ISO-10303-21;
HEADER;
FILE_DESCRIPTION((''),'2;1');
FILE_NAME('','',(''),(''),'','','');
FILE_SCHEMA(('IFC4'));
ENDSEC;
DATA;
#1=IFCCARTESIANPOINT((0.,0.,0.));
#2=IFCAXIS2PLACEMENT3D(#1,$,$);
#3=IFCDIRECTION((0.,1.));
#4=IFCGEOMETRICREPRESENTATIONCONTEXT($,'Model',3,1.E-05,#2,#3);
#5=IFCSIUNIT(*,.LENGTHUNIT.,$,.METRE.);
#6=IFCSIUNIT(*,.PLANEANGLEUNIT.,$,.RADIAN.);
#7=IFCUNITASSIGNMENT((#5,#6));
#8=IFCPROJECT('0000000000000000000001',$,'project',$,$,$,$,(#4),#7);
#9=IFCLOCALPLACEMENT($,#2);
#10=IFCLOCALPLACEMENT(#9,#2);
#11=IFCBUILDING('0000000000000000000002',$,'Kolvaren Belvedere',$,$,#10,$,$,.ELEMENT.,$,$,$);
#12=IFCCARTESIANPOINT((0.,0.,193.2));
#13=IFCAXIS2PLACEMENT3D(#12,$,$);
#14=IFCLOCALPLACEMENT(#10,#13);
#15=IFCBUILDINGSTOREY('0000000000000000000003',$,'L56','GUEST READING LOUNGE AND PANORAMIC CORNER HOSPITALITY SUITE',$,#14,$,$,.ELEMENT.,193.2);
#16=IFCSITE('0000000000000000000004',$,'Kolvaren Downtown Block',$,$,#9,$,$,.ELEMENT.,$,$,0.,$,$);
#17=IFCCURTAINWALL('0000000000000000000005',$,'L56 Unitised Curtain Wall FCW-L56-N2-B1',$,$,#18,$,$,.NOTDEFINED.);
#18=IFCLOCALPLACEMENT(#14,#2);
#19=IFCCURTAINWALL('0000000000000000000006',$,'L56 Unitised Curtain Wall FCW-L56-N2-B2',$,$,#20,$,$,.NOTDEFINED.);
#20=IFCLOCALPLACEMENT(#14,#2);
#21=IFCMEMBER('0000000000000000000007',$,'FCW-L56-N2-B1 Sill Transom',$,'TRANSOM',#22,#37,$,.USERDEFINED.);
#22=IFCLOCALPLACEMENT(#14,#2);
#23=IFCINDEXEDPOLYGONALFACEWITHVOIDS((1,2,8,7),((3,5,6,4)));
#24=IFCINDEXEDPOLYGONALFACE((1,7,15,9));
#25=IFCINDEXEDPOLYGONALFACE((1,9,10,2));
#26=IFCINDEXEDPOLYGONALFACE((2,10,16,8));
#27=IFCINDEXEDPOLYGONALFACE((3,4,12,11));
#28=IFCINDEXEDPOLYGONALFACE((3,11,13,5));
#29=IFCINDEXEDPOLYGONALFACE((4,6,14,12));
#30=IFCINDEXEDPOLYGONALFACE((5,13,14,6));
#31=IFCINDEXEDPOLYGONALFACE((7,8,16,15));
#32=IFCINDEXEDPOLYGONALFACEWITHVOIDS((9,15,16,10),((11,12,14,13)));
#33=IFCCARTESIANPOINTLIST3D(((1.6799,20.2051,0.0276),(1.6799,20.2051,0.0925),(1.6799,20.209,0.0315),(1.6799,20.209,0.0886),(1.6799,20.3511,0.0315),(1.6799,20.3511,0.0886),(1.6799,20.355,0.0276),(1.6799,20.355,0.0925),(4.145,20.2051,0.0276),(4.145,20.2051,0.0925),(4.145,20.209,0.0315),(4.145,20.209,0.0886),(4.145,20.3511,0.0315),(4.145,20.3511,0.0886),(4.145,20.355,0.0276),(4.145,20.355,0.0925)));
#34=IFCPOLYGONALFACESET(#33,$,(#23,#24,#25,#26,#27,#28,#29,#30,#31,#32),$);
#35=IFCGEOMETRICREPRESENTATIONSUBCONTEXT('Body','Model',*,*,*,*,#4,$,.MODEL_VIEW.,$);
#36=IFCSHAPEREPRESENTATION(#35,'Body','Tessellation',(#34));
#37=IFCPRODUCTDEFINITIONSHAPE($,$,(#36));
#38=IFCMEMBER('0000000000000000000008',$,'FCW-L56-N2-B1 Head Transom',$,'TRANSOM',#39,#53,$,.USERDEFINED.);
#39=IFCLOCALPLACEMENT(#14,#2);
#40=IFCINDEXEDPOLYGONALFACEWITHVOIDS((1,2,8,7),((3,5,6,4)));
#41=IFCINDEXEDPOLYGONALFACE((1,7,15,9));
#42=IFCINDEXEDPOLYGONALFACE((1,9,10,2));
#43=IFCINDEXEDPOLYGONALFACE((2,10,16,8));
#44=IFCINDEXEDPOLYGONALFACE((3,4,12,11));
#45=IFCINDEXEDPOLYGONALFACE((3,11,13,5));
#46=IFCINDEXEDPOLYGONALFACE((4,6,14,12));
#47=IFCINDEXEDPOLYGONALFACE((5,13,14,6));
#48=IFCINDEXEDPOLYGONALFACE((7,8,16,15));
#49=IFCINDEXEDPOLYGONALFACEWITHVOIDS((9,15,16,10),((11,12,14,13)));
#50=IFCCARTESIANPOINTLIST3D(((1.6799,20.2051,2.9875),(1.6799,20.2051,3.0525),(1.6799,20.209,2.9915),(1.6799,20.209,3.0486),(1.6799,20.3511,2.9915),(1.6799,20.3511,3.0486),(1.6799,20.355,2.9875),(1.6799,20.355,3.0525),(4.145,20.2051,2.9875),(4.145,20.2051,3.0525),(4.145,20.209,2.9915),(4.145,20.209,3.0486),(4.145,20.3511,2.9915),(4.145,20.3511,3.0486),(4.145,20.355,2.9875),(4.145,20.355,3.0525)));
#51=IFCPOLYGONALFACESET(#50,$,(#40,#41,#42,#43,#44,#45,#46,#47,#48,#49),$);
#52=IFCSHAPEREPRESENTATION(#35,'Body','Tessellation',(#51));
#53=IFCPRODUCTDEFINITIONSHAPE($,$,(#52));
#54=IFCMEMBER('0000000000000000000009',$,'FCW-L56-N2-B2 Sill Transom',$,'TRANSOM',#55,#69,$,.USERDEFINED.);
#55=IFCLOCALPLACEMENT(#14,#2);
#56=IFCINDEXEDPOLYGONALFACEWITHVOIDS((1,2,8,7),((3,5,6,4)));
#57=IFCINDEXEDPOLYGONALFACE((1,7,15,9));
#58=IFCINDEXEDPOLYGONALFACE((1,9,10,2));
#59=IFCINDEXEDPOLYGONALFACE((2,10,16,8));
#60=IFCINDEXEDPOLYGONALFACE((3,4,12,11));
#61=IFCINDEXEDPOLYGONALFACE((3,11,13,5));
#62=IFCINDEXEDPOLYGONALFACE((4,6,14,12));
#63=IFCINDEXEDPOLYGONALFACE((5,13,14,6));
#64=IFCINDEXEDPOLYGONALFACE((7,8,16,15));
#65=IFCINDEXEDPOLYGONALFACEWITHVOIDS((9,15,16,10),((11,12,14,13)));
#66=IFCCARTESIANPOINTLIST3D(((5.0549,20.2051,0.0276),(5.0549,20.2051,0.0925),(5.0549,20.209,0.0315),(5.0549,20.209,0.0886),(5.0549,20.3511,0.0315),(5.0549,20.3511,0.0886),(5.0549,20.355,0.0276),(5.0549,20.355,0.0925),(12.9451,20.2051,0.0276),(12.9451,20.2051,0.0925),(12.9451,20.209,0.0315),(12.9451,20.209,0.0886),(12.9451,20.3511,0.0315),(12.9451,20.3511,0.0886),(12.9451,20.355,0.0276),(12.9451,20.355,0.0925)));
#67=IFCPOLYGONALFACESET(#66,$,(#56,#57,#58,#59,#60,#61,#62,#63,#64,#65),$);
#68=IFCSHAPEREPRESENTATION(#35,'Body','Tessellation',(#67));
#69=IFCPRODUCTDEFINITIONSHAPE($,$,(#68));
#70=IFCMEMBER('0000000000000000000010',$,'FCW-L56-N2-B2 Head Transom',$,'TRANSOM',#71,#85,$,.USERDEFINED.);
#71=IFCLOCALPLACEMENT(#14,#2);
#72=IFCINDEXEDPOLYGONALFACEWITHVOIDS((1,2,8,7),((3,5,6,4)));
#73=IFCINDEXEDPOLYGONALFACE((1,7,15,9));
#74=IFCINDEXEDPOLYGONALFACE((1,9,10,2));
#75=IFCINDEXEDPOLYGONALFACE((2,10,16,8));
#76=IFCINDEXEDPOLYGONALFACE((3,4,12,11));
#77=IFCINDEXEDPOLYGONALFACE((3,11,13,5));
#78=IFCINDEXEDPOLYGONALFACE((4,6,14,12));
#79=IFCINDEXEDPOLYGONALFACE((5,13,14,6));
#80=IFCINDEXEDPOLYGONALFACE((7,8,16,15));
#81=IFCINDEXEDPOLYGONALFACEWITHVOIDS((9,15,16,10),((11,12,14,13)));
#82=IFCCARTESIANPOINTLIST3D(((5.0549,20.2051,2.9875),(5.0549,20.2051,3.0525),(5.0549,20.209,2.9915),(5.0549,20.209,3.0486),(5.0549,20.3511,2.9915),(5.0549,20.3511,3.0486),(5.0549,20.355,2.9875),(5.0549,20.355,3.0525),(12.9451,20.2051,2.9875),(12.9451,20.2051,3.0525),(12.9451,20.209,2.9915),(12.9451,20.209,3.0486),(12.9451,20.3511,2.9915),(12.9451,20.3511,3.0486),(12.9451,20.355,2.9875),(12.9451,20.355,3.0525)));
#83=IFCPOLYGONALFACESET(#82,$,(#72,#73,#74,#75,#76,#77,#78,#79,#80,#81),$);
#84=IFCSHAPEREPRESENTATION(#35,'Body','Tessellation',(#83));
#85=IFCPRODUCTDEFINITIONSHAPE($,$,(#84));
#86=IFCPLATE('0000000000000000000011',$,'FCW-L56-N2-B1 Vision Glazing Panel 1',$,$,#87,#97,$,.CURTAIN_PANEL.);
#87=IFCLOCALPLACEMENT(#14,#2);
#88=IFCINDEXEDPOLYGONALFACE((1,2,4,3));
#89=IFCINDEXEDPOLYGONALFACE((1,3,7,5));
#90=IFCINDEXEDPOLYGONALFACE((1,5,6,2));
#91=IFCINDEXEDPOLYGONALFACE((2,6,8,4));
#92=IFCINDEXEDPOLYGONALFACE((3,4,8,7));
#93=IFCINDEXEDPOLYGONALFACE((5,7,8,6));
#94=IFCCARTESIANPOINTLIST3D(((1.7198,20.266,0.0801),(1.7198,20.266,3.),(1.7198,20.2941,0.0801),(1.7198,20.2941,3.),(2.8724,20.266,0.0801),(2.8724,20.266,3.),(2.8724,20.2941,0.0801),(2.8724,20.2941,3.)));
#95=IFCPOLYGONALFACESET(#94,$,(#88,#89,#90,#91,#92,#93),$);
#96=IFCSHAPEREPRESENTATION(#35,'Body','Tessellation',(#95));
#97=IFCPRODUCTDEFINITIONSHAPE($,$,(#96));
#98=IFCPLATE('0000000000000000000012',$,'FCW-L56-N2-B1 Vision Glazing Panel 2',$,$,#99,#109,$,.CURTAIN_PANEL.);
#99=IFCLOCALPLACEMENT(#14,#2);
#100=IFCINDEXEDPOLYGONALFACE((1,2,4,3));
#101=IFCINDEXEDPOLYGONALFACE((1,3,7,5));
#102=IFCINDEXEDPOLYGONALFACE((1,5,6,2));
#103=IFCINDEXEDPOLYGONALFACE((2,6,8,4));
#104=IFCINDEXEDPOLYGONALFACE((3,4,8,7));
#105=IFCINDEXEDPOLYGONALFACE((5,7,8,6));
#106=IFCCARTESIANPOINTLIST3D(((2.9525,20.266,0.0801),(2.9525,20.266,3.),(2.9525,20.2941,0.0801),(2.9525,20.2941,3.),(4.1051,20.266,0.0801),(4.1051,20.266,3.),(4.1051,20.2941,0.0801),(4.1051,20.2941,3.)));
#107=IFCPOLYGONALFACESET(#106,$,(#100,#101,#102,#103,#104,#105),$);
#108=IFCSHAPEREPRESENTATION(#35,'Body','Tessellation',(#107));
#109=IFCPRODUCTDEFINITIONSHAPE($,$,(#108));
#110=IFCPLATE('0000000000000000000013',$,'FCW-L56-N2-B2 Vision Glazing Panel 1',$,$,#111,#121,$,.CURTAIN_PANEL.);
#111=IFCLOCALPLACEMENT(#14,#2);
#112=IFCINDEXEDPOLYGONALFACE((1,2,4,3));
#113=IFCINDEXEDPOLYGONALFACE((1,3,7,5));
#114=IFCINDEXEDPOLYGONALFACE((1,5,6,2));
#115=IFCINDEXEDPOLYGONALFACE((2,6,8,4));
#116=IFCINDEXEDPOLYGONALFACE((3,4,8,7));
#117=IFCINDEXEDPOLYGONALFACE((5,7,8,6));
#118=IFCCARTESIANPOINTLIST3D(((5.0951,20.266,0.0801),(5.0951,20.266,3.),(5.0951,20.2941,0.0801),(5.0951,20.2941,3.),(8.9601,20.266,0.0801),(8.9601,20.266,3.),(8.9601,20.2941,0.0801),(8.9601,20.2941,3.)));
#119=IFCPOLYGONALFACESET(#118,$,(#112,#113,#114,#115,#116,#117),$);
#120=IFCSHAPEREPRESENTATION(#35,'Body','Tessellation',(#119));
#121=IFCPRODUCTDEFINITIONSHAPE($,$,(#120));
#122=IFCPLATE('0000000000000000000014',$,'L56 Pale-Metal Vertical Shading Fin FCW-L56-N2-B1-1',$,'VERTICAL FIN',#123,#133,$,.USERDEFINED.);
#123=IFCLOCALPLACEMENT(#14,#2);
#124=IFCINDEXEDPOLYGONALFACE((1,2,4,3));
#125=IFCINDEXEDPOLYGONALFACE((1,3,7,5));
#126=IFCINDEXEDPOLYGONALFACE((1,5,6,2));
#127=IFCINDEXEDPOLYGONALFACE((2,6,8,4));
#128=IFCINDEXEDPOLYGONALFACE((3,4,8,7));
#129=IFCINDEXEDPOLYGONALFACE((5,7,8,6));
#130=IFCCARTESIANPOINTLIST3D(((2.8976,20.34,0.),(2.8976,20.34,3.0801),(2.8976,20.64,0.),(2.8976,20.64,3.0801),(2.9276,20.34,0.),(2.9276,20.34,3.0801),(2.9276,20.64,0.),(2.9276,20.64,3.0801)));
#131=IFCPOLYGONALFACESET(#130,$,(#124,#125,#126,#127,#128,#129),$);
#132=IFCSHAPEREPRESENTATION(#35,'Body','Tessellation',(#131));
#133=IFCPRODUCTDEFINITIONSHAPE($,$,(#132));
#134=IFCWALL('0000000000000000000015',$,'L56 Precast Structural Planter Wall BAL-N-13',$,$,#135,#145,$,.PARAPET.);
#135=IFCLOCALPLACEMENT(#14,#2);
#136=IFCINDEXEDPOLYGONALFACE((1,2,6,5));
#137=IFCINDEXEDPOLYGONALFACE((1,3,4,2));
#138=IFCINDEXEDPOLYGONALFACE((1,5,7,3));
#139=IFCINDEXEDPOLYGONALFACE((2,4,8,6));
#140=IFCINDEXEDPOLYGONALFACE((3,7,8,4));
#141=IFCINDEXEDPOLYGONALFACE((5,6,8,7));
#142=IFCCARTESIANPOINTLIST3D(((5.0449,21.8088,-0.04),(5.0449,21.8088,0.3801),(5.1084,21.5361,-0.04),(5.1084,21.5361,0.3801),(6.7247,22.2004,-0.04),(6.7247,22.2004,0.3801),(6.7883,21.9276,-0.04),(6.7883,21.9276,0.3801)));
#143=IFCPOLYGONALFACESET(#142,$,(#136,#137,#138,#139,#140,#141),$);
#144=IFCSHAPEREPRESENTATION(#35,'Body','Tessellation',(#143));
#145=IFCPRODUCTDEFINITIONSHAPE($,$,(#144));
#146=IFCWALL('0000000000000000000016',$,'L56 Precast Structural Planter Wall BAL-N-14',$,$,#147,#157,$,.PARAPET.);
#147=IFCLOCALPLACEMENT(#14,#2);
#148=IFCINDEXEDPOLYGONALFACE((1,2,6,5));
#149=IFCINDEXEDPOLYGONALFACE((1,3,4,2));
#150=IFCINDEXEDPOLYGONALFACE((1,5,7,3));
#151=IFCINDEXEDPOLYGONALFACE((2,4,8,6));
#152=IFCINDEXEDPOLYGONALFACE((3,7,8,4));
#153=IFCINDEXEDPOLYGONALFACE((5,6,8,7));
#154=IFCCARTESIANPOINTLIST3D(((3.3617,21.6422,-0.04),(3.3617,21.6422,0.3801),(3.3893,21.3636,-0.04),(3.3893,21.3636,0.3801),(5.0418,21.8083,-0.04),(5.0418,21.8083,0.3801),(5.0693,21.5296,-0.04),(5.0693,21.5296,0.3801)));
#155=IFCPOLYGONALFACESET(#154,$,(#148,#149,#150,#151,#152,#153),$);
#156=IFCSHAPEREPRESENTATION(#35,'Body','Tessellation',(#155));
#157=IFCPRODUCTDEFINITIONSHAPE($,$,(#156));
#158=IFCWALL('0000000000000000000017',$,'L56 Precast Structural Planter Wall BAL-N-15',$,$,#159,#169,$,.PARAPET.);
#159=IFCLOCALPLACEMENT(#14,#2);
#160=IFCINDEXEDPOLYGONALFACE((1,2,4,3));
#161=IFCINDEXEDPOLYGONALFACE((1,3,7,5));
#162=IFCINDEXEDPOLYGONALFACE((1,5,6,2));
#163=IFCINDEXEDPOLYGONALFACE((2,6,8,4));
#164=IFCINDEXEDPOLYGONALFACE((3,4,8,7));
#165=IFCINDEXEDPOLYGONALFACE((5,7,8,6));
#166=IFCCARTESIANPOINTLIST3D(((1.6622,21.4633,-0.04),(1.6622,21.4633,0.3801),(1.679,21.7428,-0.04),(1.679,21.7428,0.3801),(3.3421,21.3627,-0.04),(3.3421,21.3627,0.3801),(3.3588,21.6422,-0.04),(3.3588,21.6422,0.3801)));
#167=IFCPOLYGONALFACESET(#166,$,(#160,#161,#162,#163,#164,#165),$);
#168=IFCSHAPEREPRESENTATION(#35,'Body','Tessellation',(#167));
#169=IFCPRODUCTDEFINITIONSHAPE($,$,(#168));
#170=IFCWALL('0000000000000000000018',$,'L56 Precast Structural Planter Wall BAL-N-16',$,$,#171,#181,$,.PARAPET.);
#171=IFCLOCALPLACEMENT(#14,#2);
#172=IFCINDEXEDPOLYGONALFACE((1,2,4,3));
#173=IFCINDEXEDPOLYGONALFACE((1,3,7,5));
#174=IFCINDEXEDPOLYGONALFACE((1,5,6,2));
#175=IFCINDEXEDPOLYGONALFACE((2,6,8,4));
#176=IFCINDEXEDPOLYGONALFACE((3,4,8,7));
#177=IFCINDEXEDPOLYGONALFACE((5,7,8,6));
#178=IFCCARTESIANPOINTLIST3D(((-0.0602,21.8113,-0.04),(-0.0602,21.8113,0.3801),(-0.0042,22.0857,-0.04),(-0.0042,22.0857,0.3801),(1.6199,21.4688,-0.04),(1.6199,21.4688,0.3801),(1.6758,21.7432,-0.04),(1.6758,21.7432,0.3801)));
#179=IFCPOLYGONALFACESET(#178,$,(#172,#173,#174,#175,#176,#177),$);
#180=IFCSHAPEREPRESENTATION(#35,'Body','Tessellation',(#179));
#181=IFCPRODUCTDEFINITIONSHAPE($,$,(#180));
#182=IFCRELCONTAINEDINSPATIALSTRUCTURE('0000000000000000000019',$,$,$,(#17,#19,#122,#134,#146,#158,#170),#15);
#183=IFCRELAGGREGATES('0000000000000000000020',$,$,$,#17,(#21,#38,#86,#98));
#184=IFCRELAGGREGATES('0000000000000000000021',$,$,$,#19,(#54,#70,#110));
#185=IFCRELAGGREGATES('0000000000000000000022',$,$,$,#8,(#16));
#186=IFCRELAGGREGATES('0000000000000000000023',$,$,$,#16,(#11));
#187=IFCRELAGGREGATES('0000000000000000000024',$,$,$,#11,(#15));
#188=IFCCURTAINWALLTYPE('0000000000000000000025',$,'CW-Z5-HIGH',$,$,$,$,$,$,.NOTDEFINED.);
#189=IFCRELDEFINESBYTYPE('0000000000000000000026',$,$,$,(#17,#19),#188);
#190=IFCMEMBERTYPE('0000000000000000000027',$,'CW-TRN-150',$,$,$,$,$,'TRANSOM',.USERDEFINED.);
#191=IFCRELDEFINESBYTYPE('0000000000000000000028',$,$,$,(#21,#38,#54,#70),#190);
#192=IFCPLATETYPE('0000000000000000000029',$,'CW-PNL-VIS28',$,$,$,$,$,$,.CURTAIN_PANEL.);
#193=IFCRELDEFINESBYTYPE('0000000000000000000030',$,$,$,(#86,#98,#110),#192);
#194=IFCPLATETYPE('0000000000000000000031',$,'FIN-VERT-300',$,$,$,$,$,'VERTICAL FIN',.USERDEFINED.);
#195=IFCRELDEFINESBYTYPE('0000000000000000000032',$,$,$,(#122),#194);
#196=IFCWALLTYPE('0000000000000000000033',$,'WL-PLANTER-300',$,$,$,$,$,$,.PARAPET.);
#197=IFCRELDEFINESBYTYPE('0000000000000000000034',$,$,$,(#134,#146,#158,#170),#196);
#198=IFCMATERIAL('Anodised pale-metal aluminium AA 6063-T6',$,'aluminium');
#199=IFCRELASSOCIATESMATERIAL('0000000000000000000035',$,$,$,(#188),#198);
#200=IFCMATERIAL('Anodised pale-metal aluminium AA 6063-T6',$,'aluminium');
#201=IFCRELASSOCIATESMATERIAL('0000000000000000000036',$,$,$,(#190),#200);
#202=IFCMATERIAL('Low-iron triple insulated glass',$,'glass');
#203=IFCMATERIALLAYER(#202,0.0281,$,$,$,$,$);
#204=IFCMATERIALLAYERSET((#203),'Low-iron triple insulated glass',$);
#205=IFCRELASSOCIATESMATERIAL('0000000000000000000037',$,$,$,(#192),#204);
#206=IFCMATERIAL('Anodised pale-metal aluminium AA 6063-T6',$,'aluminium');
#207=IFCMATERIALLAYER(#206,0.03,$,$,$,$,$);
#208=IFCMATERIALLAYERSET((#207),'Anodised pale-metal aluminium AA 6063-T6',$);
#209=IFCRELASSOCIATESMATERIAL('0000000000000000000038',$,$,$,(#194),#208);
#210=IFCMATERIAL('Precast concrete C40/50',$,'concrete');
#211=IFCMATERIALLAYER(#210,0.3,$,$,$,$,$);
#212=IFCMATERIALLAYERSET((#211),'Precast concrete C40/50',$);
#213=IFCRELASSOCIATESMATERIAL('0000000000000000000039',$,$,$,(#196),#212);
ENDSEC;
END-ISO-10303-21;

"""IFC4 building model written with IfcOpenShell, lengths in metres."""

from ifc_helpers import new_model, si_unit, direction, frame, frame_2d, origin, origin_2d, place, context, subcontext, project, spatial, rectangle, hollow_rectangle, extrude, material, layer, layer_set, material_profile, profile_set, type_object, element, aggregate, save


model = new_model("IFC4")

# Units and contexts
model_context = context("Model", 3, precision=1e-05, world=origin(), true_north=direction((0.0, 1.0)))
body_context = subcontext(model_context, "Body", "Model", "MODEL_VIEW")
ifc_project = project(units=[si_unit("LENGTHUNIT", "METRE"), si_unit("PLANEANGLEUNIT", "RADIAN")], contexts=[model_context])

# Site, building, storey
site_placement = place(None, origin())
site = spatial("IfcSite", under=ifc_project, at=site_placement, Name="Kolvaren Downtown Block", CompositionType="ELEMENT", RefElevation=0.0)
building_placement = place(site_placement, origin())
building = spatial("IfcBuilding", under=site, at=building_placement, Name="Kolvaren Belvedere", CompositionType="ELEMENT")
storey_placement = place(building_placement, frame((0.0, 0.0, 193.2)))
storey = spatial("IfcBuildingStorey", under=building, at=storey_placement, Name="L56", Description="GUEST READING LOUNGE AND PANORAMIC CORNER HOSPITALITY SUITE", CompositionType="ELEMENT", Elevation=193.2)

# Curtain wall
ifc_material_1 = material(Name="Anodised pale-metal aluminium AA 6063-T6", Category="aluminium")
curtain_wall_type = type_object("IfcCurtainWallType", Name="CW-Z5-HIGH", PredefinedType="NOTDEFINED", material=ifc_material_1)
curtain_wall_1_placement = place(storey_placement, origin())
curtain_wall_1 = element("IfcCurtainWall", 1, at=curtain_wall_1_placement, inside=storey, type_object=curtain_wall_type, Name="L56 Unitised Curtain Wall FCW-L56-N2-B1", PredefinedType="NOTDEFINED")

# Curtain wall
curtain_wall_2_placement = place(storey_placement, origin())
curtain_wall_2 = element("IfcCurtainWall", 2, at=curtain_wall_2_placement, inside=storey, type_object=curtain_wall_type, Name="L56 Unitised Curtain Wall FCW-L56-N2-B2", PredefinedType="NOTDEFINED")

# Members
ifc_material_2 = material(Name="Anodised pale-metal aluminium AA 6063-T6", Category="aluminium")
ifc_material_profile_1 = material_profile(ifc_material_2, hollow_rectangle(XDim=0.0649, YDim=0.1499, WallThickness=0.0039, at=origin_2d()), Name="ALU-TRN-150X65")
ifc_profile_set_1 = profile_set([ifc_material_profile_1], Name="Anodised pale-metal aluminium AA 6063-T6")
member_type_1 = type_object("IfcMemberType", Name="CW-TRN-150", ElementType="TRANSOM", PredefinedType="USERDEFINED", material=ifc_profile_set_1)
member_1_placement = place(storey_placement, frame((1.6799, 20.28, 0.0601), z_axis=(1.0, 0.0, 0.0), x_axis=(0.0, 0.0, 1.0)))
member_1 = element("IfcMember", 3, at=member_1_placement, type_object=member_type_1, Name="FCW-L56-N2-B1 Sill Transom", ObjectType="TRANSOM", PredefinedType="USERDEFINED", context=body_context, shape_type="SweptSolid", body=[
    extrude(hollow_rectangle(XDim=0.0649, YDim=0.1499, WallThickness=0.0039, at=origin_2d()), origin(), (0.0, 0.0, 1.0), 2.4651),
])
member_2_placement = place(storey_placement, frame((1.6799, 20.28, 3.02), z_axis=(1.0, 0.0, 0.0), x_axis=(0.0, 0.0, 1.0)))
member_2 = element("IfcMember", 4, at=member_2_placement, type_object=member_type_1, Name="FCW-L56-N2-B1 Head Transom", ObjectType="TRANSOM", PredefinedType="USERDEFINED", context=body_context, shape_type="SweptSolid", body=[
    extrude(hollow_rectangle(XDim=0.0649, YDim=0.1499, WallThickness=0.0039, at=origin_2d()), origin(), (0.0, 0.0, 1.0), 2.4651),
])
member_3_placement = place(storey_placement, frame((5.0549, 20.28, 0.0601), z_axis=(1.0, 0.0, 0.0), x_axis=(0.0, 0.0, 1.0)))
member_3 = element("IfcMember", 5, at=member_3_placement, type_object=member_type_1, Name="FCW-L56-N2-B2 Sill Transom", ObjectType="TRANSOM", PredefinedType="USERDEFINED", context=body_context, shape_type="SweptSolid", body=[
    extrude(hollow_rectangle(XDim=0.0649, YDim=0.1499, WallThickness=0.0039, at=origin_2d()), origin(), (0.0, 0.0, 1.0), 7.8901),
])
member_4_placement = place(storey_placement, frame((5.0549, 20.28, 3.02), z_axis=(1.0, 0.0, 0.0), x_axis=(0.0, 0.0, 1.0)))
member_4 = element("IfcMember", 6, at=member_4_placement, type_object=member_type_1, Name="FCW-L56-N2-B2 Head Transom", ObjectType="TRANSOM", PredefinedType="USERDEFINED", context=body_context, shape_type="SweptSolid", body=[
    extrude(hollow_rectangle(XDim=0.0649, YDim=0.1499, WallThickness=0.0039, at=origin_2d()), origin(), (0.0, 0.0, 1.0), 7.8901),
])

# Plates
ifc_material_3 = material(Name="Low-iron triple insulated glass", Category="glass")
ifc_layer_1 = layer(ifc_material_3, 0.0281)
ifc_layer_set_1 = layer_set([ifc_layer_1], Name="Low-iron triple insulated glass")
plate_type_1 = type_object("IfcPlateType", Name="CW-PNL-VIS28", PredefinedType="CURTAIN_PANEL", material=ifc_layer_set_1)
plate_1_placement = place(storey_placement, frame((2.2961, 20.28, 0.0801), z_axis=(0.0, 0.0, 1.0), x_axis=(1.0, 0.0, 0.0)))
plate_1 = element("IfcPlate", 7, at=plate_1_placement, type_object=plate_type_1, Name="FCW-L56-N2-B1 Vision Glazing Panel 1", PredefinedType="CURTAIN_PANEL", context=body_context, shape_type="SweptSolid", body=[
    extrude(rectangle(XDim=1.1526, YDim=0.0281, at=origin_2d()), origin(), (0.0, 0.0, 1.0), 2.9199),
])
plate_2_placement = place(storey_placement, frame((3.5288, 20.28, 0.0801), z_axis=(0.0, 0.0, 1.0), x_axis=(1.0, 0.0, 0.0)))
plate_2 = element("IfcPlate", 8, at=plate_2_placement, type_object=plate_type_1, Name="FCW-L56-N2-B1 Vision Glazing Panel 2", PredefinedType="CURTAIN_PANEL", context=body_context, shape_type="SweptSolid", body=[
    extrude(rectangle(XDim=1.1526, YDim=0.0281, at=origin_2d()), origin(), (0.0, 0.0, 1.0), 2.9199),
])
aggregate(curtain_wall_1, [member_1, member_2, plate_1, plate_2])
plate_3_placement = place(storey_placement, frame((7.0276, 20.28, 0.0801), z_axis=(0.0, 0.0, 1.0), x_axis=(1.0, 0.0, 0.0)))
plate_3 = element("IfcPlate", 9, at=plate_3_placement, type_object=plate_type_1, Name="FCW-L56-N2-B2 Vision Glazing Panel 1", PredefinedType="CURTAIN_PANEL", context=body_context, shape_type="SweptSolid", body=[
    extrude(rectangle(XDim=3.865, YDim=0.0281, at=origin_2d()), origin(), (0.0, 0.0, 1.0), 2.9199),
])
aggregate(curtain_wall_2, [member_3, member_4, plate_3])
ifc_material_4 = material(Name="Anodised pale-metal aluminium AA 6063-T6", Category="aluminium")
ifc_layer_2 = layer(ifc_material_4, 0.03)
ifc_layer_set_2 = layer_set([ifc_layer_2], Name="Anodised pale-metal aluminium AA 6063-T6")
plate_type_2 = type_object("IfcPlateType", Name="FIN-VERT-300", ElementType="VERTICAL FIN", PredefinedType="USERDEFINED", material=ifc_layer_set_2)
plate_4_placement = place(storey_placement, frame((2.9126, 20.49, 0.0), z_axis=(0.0, 0.0, 1.0), x_axis=(0.0, 1.0, 0.0)))
element("IfcPlate", 10, at=plate_4_placement, inside=storey, type_object=plate_type_2, Name="L56 Pale-Metal Vertical Shading Fin FCW-L56-N2-B1-1", ObjectType="VERTICAL FIN", PredefinedType="USERDEFINED", context=body_context, shape_type="SweptSolid", body=[
    extrude(rectangle(XDim=0.3, YDim=0.03, at=origin_2d()), origin(), (0.0, 0.0, 1.0), 3.0801),
])

# Walls
ifc_material_5 = material(Name="Precast concrete C40/50", Category="concrete")
ifc_layer_3 = layer(ifc_material_5, 0.3)
ifc_layer_set_3 = layer_set([ifc_layer_3], Name="Precast concrete C40/50")
wall_type = type_object("IfcWallType", Name="WL-PLANTER-300", PredefinedType="PARAPET", material=ifc_layer_set_3)
wall_1_placement = place(storey_placement, frame((6.7563, 22.064, -0.04), z_axis=(0.0, 0.0, 1.0), x_axis=(-0.97389, -0.227019, 0.0)))
element("IfcWall", 11, at=wall_1_placement, inside=storey, type_object=wall_type, Name="L56 Precast Structural Planter Wall BAL-N-13", PredefinedType="PARAPET", context=body_context, shape_type="SweptSolid", body=[
    extrude(rectangle(XDim=1.7249, YDim=0.28, at=frame_2d((0.8623, 0.0))), origin(), (0.0, 0.0, 1.0), 0.4202),
])
wall_2_placement = place(storey_placement, frame((5.0557, 21.6689, -0.04), z_axis=(0.0, 0.0, 1.0), x_axis=(-0.995152, -0.098344, 0.0)))
element("IfcWall", 12, at=wall_2_placement, inside=storey, type_object=wall_type, Name="L56 Precast Structural Planter Wall BAL-N-14", PredefinedType="PARAPET", context=body_context, shape_type="SweptSolid", body=[
    extrude(rectangle(XDim=1.6882, YDim=0.28, at=frame_2d((0.8442, 0.0))), origin(), (0.0, 0.0, 1.0), 0.4202),
])
wall_3_placement = place(storey_placement, frame((3.3503, 21.5024, -0.04), z_axis=(0.0, 0.0, 1.0), x_axis=(-0.998212, 0.059768, 0.0)))
element("IfcWall", 13, at=wall_3_placement, inside=storey, type_object=wall_type, Name="L56 Precast Structural Planter Wall BAL-N-15", PredefinedType="PARAPET", context=body_context, shape_type="SweptSolid", body=[
    extrude(rectangle(XDim=1.6829, YDim=0.28, at=frame_2d((0.8413, 0.0))), origin(), (0.0, 0.0, 1.0), 0.4202),
])
wall_4_placement = place(storey_placement, frame((1.6479, 21.606, -0.04), z_axis=(0.0, 0.0, 1.0), x_axis=(-0.97984, 0.199784, 0.0)))
element("IfcWall", 14, at=wall_4_placement, inside=storey, type_object=wall_type, Name="L56 Precast Structural Planter Wall BAL-N-16", PredefinedType="PARAPET", context=body_context, shape_type="SweptSolid", body=[
    extrude(rectangle(XDim=1.7146, YDim=0.28, at=frame_2d((0.8574, 0.0))), origin(), (0.0, 0.0, 1.0), 0.4202),
])

save(model, "model.ifc")
